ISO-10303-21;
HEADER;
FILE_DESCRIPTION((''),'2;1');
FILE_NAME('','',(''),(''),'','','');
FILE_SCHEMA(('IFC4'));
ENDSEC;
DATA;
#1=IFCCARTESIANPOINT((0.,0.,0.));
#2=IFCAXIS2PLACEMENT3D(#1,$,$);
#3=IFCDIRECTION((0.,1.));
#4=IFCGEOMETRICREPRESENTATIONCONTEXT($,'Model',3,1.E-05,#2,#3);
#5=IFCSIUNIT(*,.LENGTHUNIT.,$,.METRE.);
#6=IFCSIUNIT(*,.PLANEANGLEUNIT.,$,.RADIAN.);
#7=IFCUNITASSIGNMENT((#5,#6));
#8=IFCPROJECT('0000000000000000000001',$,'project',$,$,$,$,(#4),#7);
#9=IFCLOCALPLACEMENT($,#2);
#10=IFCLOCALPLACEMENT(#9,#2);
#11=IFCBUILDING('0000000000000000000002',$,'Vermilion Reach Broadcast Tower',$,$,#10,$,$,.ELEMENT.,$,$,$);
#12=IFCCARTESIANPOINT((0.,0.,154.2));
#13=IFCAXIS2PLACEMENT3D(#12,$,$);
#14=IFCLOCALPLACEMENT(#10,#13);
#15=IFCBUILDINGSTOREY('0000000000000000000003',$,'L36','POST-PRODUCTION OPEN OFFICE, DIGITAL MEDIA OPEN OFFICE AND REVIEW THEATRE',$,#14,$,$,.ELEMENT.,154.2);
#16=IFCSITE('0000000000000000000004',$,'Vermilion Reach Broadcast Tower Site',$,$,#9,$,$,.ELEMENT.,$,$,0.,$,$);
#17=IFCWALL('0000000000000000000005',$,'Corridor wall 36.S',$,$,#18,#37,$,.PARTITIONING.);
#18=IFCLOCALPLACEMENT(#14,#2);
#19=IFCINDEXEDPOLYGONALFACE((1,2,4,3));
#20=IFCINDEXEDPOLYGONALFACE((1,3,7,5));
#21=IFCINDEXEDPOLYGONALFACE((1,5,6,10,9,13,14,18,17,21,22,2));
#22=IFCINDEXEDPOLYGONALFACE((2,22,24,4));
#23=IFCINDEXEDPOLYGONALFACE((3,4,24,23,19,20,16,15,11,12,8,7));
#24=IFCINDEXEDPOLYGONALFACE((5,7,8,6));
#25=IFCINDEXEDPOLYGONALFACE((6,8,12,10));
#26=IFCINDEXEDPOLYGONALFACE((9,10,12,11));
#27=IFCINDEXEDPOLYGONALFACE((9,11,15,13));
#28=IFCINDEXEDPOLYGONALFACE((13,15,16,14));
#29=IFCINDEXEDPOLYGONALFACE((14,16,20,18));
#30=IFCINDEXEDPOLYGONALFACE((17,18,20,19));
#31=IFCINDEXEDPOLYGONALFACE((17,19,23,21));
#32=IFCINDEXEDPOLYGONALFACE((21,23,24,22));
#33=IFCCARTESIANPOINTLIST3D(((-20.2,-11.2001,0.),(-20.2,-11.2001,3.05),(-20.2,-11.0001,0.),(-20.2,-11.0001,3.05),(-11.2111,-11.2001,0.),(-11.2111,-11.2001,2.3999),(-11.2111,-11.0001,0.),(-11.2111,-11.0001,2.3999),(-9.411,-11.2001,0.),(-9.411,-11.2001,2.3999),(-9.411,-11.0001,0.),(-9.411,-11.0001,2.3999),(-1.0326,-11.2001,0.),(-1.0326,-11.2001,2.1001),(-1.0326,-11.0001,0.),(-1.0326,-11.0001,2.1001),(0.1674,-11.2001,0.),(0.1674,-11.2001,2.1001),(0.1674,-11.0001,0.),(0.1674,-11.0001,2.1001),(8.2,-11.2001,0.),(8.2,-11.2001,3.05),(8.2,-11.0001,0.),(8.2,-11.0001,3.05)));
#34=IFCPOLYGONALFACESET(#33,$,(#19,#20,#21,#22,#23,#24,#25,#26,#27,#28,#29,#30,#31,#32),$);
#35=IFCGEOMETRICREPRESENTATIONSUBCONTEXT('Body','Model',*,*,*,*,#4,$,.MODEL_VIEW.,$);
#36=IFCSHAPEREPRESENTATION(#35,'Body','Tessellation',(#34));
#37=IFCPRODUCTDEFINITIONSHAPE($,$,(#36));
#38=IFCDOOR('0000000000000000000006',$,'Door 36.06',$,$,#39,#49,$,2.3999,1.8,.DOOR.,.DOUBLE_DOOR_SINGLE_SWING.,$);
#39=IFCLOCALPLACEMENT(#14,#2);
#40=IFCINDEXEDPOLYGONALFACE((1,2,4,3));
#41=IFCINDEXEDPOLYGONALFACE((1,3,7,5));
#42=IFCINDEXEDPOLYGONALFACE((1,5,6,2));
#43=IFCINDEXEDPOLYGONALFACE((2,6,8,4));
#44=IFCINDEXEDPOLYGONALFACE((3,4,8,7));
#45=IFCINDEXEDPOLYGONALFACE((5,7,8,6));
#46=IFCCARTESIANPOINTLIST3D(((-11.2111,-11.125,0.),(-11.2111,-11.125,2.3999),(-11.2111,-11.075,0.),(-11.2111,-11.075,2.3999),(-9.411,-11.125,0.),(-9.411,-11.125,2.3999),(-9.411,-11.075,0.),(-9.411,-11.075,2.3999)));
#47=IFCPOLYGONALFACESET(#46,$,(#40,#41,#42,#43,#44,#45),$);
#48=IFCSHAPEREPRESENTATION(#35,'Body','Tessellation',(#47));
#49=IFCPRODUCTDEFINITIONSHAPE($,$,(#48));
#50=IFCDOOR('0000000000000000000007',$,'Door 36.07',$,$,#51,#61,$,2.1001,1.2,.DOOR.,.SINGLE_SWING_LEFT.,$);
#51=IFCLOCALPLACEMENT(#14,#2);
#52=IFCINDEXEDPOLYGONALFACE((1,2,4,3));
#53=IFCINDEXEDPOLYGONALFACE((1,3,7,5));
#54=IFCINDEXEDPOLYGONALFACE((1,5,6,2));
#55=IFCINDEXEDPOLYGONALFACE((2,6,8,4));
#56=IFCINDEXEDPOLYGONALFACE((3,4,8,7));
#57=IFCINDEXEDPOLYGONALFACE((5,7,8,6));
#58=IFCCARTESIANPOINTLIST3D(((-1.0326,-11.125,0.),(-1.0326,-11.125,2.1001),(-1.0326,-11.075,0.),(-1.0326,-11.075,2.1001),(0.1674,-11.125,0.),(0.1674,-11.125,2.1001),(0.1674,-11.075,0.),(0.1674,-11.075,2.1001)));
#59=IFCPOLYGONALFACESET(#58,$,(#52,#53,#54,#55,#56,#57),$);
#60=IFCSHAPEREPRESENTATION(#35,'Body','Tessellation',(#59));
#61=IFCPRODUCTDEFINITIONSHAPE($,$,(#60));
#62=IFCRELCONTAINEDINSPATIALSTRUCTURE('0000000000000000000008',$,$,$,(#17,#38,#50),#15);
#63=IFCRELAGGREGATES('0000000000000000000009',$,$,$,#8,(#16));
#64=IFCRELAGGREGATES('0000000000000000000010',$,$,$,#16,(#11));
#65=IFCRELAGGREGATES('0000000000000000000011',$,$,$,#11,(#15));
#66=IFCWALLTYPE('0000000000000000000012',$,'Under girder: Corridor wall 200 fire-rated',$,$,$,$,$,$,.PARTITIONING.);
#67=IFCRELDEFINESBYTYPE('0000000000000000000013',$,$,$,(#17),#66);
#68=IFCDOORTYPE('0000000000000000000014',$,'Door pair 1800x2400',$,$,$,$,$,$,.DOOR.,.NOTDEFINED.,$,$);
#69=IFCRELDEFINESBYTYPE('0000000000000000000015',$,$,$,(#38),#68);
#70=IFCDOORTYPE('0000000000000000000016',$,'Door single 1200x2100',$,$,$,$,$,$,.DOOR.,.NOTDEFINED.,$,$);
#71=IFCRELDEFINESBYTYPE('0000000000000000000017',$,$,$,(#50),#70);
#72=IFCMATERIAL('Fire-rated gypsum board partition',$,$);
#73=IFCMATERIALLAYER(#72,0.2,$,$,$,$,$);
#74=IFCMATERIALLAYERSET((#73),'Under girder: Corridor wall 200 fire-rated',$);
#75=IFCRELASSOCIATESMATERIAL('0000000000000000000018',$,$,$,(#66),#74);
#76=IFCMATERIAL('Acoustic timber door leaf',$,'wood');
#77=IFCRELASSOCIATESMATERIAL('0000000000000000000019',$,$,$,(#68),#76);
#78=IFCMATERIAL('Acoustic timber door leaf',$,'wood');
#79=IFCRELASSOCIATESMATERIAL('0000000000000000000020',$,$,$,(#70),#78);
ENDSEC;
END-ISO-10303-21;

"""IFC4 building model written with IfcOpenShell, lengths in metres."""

from ifc_helpers import new_model, si_unit, direction, frame, frame_2d, origin, place, context, subcontext, project, spatial, rectangle, extrude, material, layer, layer_set, type_object, element, fill, save


model = new_model("IFC4")

# Units and contexts
model_context = context("Model", 3, precision=1e-05, world=origin(), true_north=direction((0.0, 1.0)))
body_context = subcontext(model_context, "Body", "Model", "MODEL_VIEW")
ifc_project = project(units=[si_unit("LENGTHUNIT", "METRE"), si_unit("PLANEANGLEUNIT", "RADIAN")], contexts=[model_context])

# Site, building, storey
site_placement = place(None, origin())
site = spatial("IfcSite", under=ifc_project, at=site_placement, Name="Vermilion Reach Broadcast Tower Site", CompositionType="ELEMENT", RefElevation=0.0)
building_placement = place(site_placement, origin())
building = spatial("IfcBuilding", under=site, at=building_placement, Name="Vermilion Reach Broadcast Tower", CompositionType="ELEMENT")
storey_placement = place(building_placement, frame((0.0, 0.0, 154.2)))
storey = spatial("IfcBuildingStorey", under=building, at=storey_placement, Name="L36", Description="POST-PRODUCTION OPEN OFFICE, DIGITAL MEDIA OPEN OFFICE AND REVIEW THEATRE", CompositionType="ELEMENT", Elevation=154.2)

# Wall, openings, doors
ifc_material_1 = material(Name="Fire-rated gypsum board partition")
ifc_layer_1 = layer(ifc_material_1, 0.2)
ifc_layer_set_1 = layer_set([ifc_layer_1], Name="Under girder: Corridor wall 200 fire-rated")
wall_type_1 = type_object("IfcWallType", Name="Under girder: Corridor wall 200 fire-rated", PredefinedType="PARTITIONING", material=ifc_layer_set_1)
wall_1_placement = place(storey_placement, frame((8.2, -11.1001, 0.0), z_axis=(0.0, 0.0, 1.0), x_axis=(-1.0, 0.0, 0.0)))
wall_1 = element("IfcWall", 1, at=wall_1_placement, inside=storey, type_object=wall_type_1, Name="Corridor wall 36.S", PredefinedType="PARTITIONING", context=body_context, shape_type="SweptSolid", body=[
    extrude(rectangle(XDim=28.3999, YDim=0.2, at=frame_2d((14.2, 0.0))), origin(), (0.0, 0.0, 1.0), 3.05),
])
opening_1_placement = place(wall_1_placement, frame((17.6111, 0.0, 0.0)))
opening_1 = element("IfcOpeningElement", 2, at=opening_1_placement, cuts=wall_1, PredefinedType="OPENING", context=body_context, shape_type="SweptSolid", body=[
    extrude(rectangle(XDim=1.8, YDim=2.3999, at=frame_2d((0.8999, 1.2))), frame((0.0, 0.1099, 0.0), z_axis=(0.0, -1.0, 0.0), x_axis=(1.0, 0.0, 0.0)), (0.0, 0.0, 1.0), 0.22),
])
opening_2_placement = place(wall_1_placement, frame((8.0325, 0.0, 0.0)))
opening_2 = element("IfcOpeningElement", 3, at=opening_2_placement, cuts=wall_1, PredefinedType="OPENING", context=body_context, shape_type="SweptSolid", body=[
    extrude(rectangle(XDim=1.2, YDim=2.1001, at=frame_2d((0.6001, 1.05))), frame((0.0, 0.1099, 0.0), z_axis=(0.0, -1.0, 0.0), x_axis=(1.0, 0.0, 0.0)), (0.0, 0.0, 1.0), 0.22),
])
ifc_material_2 = material(Name="Acoustic timber door leaf", Category="wood")
door_type_1 = type_object("IfcDoorType", Name="Door pair 1800x2400", OperationType="NOTDEFINED", PredefinedType="DOOR", material=ifc_material_2)
door_1_placement = place(opening_1_placement, origin())
door_1 = element("IfcDoor", 4, at=door_1_placement, inside=storey, type_object=door_type_1, Name="Door 36.06", OperationType="DOUBLE_DOOR_SINGLE_SWING", OverallHeight=2.3999, OverallWidth=1.8, PredefinedType="DOOR", context=body_context, shape_type="SweptSolid", body=[
    extrude(rectangle(XDim=1.8, YDim=2.3999, at=frame_2d((0.8999, 1.2))), frame((0.0, 0.0249, 0.0), z_axis=(0.0, -1.0, 0.0), x_axis=(1.0, 0.0, 0.0)), (0.0, 0.0, 1.0), 0.05),
])
fill(opening_1, door_1)
ifc_material_3 = material(Name="Acoustic timber door leaf", Category="wood")
door_type_2 = type_object("IfcDoorType", Name="Door single 1200x2100", OperationType="NOTDEFINED", PredefinedType="DOOR", material=ifc_material_3)
door_2_placement = place(opening_2_placement, origin())
door_2 = element("IfcDoor", 5, at=door_2_placement, inside=storey, type_object=door_type_2, Name="Door 36.07", OperationType="SINGLE_SWING_LEFT", OverallHeight=2.1001, OverallWidth=1.2, PredefinedType="DOOR", context=body_context, shape_type="SweptSolid", body=[
    extrude(rectangle(XDim=1.2, YDim=2.1001, at=frame_2d((0.6001, 1.05))), frame((0.0, 0.0249, 0.0), z_axis=(0.0, -1.0, 0.0), x_axis=(1.0, 0.0, 0.0)), (0.0, 0.0, 1.0), 0.05),
])
fill(opening_2, door_2)

save(model, "model.ifc")
